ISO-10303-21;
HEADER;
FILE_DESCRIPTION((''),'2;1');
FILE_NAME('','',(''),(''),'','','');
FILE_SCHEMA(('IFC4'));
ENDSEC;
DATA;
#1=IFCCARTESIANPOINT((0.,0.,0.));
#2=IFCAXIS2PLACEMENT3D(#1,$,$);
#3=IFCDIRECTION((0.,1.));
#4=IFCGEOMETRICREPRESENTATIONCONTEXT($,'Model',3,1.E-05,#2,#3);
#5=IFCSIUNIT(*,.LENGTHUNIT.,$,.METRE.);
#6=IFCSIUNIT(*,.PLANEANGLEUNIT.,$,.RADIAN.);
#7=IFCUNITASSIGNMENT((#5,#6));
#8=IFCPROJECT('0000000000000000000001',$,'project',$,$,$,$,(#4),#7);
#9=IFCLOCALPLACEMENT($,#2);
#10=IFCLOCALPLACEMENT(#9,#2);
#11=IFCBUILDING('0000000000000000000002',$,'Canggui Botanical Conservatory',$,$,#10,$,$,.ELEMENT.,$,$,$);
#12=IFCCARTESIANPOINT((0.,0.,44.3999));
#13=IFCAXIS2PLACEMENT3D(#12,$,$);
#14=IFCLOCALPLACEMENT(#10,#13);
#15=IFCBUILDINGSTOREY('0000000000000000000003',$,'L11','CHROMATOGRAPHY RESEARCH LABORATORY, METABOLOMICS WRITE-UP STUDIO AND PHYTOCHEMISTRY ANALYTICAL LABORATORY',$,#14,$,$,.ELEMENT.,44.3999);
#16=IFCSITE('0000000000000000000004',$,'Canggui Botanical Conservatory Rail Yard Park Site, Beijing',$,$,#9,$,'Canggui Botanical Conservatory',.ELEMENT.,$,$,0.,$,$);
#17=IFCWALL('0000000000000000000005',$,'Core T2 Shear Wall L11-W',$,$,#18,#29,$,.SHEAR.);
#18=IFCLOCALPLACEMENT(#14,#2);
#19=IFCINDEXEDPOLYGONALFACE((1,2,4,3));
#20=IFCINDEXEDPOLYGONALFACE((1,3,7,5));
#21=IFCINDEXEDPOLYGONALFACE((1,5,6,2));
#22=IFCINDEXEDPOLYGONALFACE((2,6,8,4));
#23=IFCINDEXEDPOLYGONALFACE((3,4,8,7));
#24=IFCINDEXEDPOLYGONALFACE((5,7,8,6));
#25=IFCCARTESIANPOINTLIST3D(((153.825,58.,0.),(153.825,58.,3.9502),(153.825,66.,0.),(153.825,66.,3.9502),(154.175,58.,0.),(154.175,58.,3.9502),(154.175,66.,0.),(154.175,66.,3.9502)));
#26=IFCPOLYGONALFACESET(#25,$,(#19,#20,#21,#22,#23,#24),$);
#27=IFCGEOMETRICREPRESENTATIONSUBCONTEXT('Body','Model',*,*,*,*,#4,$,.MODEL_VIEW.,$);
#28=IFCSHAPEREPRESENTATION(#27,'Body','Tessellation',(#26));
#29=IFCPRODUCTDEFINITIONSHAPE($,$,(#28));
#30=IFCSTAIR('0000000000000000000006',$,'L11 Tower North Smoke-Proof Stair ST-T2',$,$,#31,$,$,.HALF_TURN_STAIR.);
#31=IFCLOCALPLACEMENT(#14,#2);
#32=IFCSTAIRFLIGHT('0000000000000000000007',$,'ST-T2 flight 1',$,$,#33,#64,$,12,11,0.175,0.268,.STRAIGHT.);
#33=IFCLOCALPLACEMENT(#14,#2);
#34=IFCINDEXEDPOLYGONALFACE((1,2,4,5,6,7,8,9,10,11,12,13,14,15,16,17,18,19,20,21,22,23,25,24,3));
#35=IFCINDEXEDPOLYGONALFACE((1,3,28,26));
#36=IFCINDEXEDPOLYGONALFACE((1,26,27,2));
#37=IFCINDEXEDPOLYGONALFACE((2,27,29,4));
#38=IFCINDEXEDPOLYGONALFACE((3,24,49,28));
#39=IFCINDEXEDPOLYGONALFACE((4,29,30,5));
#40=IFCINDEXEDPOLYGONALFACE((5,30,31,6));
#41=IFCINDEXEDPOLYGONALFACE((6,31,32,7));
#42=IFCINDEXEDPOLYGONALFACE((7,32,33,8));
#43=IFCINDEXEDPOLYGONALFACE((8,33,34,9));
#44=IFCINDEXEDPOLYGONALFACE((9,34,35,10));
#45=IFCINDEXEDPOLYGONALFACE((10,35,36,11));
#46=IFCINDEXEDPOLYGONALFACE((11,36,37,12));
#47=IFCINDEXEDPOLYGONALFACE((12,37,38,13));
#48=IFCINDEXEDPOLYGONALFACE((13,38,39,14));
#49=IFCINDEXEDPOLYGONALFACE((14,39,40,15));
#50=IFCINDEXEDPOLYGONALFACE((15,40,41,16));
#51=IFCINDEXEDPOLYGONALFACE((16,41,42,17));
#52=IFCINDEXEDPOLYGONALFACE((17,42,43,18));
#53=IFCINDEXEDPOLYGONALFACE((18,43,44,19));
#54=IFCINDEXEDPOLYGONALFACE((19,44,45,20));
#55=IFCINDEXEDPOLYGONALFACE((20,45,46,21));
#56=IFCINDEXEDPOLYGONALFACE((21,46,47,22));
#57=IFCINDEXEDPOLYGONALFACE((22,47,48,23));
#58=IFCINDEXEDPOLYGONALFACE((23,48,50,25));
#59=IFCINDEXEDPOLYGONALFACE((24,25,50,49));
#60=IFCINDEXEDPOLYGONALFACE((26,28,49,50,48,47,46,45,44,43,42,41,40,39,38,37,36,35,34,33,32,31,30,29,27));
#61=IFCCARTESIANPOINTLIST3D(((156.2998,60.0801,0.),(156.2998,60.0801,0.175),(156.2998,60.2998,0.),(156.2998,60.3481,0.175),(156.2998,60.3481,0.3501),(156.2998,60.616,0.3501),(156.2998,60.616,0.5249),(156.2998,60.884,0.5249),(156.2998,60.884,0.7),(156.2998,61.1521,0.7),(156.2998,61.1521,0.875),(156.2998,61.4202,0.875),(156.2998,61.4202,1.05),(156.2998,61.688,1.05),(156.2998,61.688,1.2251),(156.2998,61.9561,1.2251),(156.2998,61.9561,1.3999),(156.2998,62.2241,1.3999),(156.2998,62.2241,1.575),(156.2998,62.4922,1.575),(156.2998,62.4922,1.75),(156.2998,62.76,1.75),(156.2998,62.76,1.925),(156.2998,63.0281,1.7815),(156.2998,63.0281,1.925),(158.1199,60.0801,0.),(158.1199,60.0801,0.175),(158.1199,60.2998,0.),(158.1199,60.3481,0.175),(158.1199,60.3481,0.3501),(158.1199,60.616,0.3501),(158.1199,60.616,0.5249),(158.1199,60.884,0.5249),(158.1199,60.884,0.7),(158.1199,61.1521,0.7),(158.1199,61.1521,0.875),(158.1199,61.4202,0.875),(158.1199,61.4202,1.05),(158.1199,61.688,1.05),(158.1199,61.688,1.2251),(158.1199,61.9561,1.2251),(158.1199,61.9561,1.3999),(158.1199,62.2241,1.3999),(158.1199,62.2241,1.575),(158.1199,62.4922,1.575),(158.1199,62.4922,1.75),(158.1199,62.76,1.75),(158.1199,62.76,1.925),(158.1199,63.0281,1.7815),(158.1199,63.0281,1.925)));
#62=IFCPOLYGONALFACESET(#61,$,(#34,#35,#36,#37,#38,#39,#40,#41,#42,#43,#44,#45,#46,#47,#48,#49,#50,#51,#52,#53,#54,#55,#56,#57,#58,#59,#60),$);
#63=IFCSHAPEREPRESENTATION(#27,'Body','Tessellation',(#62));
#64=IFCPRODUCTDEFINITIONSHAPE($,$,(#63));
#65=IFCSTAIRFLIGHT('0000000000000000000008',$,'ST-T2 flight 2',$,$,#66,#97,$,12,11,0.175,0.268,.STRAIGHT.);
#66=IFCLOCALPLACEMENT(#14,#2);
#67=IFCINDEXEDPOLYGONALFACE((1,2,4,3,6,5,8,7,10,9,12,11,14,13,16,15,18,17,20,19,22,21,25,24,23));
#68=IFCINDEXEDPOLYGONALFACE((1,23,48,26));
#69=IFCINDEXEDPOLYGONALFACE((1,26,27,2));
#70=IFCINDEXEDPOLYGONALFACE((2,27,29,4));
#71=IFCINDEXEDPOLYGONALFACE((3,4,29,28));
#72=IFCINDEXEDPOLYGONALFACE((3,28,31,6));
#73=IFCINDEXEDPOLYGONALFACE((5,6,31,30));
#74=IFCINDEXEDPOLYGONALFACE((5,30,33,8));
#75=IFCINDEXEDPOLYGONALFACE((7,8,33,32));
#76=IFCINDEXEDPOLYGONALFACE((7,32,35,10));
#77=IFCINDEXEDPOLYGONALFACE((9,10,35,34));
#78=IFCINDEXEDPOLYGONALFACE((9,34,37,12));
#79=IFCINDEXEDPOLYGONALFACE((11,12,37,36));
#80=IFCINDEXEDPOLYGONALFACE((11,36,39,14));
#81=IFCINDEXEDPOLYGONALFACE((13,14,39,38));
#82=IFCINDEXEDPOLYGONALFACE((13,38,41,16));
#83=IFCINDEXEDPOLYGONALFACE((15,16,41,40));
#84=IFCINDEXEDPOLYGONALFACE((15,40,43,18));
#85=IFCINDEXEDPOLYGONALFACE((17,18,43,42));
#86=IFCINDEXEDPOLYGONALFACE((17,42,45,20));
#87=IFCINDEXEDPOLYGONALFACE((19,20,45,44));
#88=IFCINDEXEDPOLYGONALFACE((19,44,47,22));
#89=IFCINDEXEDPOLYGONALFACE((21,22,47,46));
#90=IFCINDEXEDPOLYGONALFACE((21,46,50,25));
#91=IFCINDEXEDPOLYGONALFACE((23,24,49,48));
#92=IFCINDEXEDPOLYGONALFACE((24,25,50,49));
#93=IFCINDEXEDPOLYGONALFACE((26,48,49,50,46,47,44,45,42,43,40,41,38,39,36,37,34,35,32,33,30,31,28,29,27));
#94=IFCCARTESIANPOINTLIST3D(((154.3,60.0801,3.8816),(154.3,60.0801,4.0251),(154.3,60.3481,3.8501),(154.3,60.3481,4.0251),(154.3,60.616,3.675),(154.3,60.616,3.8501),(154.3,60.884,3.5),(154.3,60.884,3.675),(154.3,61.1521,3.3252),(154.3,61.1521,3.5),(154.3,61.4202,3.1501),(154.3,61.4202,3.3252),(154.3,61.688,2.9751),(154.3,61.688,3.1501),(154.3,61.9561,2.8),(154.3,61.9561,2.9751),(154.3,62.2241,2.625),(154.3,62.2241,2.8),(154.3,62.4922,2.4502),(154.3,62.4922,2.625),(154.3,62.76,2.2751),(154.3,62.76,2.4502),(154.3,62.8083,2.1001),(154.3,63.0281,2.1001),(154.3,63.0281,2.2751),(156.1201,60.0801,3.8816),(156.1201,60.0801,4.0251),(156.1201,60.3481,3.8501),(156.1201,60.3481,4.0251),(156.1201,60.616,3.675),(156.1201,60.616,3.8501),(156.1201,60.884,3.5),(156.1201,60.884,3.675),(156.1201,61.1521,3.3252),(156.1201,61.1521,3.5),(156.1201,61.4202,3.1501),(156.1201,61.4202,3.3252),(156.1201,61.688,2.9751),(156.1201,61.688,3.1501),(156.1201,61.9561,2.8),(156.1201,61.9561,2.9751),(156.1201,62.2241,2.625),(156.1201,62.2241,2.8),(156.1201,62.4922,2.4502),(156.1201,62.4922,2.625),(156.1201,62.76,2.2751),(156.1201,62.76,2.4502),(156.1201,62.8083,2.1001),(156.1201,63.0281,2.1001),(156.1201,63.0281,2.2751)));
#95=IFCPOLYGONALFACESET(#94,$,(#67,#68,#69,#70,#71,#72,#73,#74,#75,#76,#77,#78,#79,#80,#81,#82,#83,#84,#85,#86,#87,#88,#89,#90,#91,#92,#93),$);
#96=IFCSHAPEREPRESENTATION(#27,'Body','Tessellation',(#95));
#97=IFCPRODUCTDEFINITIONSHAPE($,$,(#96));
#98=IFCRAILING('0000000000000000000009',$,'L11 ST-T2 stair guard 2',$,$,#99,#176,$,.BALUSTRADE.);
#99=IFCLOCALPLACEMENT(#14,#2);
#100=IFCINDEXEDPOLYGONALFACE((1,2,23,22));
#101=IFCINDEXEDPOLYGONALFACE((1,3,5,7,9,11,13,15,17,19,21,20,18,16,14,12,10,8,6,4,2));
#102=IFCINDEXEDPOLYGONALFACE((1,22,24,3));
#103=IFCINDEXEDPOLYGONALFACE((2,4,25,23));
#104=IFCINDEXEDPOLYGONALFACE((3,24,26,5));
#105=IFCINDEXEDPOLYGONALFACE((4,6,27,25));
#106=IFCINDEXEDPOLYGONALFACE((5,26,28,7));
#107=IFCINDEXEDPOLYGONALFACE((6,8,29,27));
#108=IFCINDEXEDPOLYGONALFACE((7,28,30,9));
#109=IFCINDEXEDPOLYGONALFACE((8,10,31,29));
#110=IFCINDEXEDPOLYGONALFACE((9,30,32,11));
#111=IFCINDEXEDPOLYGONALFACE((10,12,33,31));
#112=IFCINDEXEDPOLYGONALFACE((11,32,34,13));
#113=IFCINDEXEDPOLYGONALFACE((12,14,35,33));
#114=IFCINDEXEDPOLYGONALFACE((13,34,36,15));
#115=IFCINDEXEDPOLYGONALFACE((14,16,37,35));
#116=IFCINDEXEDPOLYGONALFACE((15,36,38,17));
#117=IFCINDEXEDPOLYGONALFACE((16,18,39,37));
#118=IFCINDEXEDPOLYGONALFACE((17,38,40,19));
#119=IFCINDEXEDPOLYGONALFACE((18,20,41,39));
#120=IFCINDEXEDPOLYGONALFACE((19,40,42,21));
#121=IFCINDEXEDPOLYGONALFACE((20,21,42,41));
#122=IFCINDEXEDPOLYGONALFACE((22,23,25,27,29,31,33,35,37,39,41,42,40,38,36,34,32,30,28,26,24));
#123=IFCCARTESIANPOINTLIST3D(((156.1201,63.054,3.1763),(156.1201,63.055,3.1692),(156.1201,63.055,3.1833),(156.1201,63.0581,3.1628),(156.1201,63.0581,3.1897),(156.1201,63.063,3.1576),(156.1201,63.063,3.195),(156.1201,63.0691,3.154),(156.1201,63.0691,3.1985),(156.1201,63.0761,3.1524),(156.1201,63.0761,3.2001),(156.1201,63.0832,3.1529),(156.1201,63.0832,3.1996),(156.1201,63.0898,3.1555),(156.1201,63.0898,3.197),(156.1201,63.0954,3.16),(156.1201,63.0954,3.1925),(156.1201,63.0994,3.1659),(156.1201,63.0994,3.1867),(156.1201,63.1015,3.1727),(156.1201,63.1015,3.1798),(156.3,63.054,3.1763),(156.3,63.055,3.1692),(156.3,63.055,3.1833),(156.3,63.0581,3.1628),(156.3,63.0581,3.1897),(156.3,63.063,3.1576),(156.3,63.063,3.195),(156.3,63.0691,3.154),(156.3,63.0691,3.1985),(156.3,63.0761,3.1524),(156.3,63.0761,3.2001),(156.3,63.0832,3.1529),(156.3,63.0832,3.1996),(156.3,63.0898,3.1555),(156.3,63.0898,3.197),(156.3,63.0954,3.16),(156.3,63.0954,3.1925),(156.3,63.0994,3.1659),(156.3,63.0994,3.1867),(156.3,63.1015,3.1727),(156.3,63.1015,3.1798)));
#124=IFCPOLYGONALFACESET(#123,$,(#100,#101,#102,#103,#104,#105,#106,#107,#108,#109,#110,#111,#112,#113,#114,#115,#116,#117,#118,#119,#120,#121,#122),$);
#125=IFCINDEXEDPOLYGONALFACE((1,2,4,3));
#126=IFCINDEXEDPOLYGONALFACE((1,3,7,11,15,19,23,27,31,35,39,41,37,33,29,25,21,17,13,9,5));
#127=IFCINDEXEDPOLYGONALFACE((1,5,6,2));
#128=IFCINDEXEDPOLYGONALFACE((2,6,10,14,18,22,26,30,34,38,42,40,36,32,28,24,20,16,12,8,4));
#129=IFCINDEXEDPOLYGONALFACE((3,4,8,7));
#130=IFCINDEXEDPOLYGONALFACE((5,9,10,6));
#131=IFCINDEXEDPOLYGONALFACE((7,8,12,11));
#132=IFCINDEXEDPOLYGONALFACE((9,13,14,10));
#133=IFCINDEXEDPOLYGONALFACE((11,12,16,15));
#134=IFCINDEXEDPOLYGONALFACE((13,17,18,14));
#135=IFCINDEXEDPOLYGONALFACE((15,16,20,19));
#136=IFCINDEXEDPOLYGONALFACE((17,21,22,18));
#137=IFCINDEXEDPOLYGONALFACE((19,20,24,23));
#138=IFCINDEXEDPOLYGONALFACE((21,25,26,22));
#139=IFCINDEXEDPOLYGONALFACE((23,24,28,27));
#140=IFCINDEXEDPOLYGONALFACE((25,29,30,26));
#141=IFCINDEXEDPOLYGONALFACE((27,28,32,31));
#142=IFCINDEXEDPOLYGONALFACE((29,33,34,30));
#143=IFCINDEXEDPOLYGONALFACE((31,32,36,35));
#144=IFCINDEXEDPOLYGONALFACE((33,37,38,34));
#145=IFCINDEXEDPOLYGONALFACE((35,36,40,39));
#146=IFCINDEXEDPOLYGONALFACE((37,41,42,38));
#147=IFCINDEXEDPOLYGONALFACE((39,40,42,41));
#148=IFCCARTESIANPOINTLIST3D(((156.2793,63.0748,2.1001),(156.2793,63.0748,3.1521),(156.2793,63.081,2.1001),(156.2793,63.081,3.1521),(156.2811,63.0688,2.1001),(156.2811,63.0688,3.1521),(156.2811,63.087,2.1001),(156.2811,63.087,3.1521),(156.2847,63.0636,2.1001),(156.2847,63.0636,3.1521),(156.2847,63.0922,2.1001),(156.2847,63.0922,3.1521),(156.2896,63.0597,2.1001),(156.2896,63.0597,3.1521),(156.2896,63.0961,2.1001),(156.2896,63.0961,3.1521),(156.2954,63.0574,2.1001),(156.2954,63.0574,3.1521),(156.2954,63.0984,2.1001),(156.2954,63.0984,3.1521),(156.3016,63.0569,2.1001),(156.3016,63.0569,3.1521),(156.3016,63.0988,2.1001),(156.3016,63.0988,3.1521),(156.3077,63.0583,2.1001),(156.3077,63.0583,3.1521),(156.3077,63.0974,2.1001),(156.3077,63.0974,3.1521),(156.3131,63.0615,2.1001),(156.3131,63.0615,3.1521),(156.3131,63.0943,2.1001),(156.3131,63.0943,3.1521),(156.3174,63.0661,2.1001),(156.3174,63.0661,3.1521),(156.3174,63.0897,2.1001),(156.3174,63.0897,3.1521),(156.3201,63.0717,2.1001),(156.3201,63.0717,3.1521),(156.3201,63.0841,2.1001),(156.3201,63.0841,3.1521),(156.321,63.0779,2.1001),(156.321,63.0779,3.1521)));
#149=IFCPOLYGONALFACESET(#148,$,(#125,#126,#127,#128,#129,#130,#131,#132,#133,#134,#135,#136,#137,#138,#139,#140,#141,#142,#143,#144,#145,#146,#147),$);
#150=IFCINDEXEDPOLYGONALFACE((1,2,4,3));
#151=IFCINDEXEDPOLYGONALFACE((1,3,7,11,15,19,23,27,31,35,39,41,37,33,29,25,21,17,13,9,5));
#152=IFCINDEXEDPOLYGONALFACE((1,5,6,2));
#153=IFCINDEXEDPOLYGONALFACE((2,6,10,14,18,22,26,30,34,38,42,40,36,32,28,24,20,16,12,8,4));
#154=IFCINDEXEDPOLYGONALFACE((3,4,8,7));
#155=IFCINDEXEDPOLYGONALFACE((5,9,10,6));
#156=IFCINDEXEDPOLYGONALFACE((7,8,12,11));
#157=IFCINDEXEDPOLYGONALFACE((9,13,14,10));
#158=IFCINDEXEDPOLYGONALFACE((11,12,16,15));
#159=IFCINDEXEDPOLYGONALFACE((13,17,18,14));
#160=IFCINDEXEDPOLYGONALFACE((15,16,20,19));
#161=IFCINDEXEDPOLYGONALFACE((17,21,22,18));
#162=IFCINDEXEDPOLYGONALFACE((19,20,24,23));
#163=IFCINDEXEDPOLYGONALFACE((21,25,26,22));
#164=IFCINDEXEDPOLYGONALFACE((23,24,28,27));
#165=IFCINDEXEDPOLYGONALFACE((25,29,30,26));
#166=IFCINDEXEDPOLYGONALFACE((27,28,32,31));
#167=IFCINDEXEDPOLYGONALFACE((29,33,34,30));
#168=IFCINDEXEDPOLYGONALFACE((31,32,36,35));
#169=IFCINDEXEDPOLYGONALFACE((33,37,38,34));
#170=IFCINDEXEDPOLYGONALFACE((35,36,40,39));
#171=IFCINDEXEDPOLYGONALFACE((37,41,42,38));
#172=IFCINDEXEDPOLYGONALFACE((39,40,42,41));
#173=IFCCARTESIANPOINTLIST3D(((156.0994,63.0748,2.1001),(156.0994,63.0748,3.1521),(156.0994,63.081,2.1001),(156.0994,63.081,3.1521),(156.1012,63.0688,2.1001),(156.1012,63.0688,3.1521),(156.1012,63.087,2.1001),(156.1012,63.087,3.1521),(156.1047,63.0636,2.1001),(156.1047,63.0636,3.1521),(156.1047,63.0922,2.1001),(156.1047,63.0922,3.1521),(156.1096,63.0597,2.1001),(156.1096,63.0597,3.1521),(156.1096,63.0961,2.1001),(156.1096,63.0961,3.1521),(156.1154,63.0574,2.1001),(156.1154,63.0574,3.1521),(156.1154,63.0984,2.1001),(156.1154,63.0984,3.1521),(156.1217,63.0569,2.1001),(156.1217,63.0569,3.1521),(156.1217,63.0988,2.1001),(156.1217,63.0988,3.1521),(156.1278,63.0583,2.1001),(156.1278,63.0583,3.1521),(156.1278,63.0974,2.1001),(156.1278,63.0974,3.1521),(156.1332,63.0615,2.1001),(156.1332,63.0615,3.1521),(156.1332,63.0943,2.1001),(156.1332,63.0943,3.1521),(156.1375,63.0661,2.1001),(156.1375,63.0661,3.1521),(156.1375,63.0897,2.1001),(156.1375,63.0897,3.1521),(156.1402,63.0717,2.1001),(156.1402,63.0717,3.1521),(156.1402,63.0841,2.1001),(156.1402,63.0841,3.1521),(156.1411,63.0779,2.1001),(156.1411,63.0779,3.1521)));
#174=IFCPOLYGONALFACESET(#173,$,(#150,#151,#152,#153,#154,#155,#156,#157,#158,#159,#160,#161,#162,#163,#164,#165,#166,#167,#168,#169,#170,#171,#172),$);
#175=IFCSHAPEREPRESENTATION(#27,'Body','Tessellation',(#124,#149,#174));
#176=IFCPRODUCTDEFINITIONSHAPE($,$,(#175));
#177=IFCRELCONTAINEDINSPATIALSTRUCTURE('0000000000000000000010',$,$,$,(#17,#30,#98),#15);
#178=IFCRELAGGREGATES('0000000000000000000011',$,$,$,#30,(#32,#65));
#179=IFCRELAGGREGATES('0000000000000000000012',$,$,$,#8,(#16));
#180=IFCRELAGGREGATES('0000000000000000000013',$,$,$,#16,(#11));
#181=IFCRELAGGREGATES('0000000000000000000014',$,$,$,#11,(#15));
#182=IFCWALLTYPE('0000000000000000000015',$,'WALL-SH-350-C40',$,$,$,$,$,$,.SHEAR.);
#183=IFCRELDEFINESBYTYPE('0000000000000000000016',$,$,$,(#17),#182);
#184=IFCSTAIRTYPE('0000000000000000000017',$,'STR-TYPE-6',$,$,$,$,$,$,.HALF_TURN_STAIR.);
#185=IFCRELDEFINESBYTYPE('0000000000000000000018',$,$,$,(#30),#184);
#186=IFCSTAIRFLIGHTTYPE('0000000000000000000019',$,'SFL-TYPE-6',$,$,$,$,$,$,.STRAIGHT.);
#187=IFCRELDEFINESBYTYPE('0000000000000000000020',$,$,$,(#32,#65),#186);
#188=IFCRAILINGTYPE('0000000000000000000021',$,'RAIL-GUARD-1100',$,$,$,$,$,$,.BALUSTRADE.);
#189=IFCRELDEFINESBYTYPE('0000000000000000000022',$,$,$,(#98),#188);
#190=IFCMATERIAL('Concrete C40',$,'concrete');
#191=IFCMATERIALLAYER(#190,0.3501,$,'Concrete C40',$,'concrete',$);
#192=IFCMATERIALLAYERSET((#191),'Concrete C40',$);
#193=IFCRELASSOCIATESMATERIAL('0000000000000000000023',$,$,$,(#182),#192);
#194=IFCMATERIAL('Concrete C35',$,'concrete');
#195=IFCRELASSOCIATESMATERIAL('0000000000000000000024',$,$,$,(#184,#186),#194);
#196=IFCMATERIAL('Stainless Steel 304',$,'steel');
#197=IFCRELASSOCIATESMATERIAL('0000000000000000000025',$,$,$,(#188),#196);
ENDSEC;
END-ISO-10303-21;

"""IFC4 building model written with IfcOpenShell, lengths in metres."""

from ifc_helpers import new_model, si_unit, direction, frame, frame_2d, origin, origin_2d, place, context, subcontext, project, spatial, polyline, rectangle, circle, outline, extrude, material, layer, layer_set, type_object, element, aggregate, save


model = new_model("IFC4")

# Units and contexts
model_context = context("Model", 3, precision=1e-05, world=origin(), true_north=direction((0.0, 1.0)))
body_context = subcontext(model_context, "Body", "Model", "MODEL_VIEW")
ifc_project = project(units=[si_unit("LENGTHUNIT", "METRE"), si_unit("PLANEANGLEUNIT", "RADIAN")], contexts=[model_context])

# Site, building, storey
site_placement = place(None, origin())
site = spatial("IfcSite", under=ifc_project, at=site_placement, Name="Canggui Botanical Conservatory Rail Yard Park Site, Beijing", LongName="Canggui Botanical Conservatory", CompositionType="ELEMENT", RefElevation=0.0)
building_placement = place(site_placement, origin())
building = spatial("IfcBuilding", under=site, at=building_placement, Name="Canggui Botanical Conservatory", CompositionType="ELEMENT")
storey_placement = place(building_placement, frame((0.0, 0.0, 44.3999)))
storey = spatial("IfcBuildingStorey", under=building, at=storey_placement, Name="L11", Description="CHROMATOGRAPHY RESEARCH LABORATORY, METABOLOMICS WRITE-UP STUDIO AND PHYTOCHEMISTRY ANALYTICAL LABORATORY", CompositionType="ELEMENT", Elevation=44.3999)

# Shared definitions
ifc_material_1 = material(Name="Concrete C40", Category="concrete")

# Shared definitions
ifc_material_2 = material(Name="Concrete C35", Category="concrete")

# Wall
ifc_layer_1 = layer(ifc_material_1, 0.3501, Name="Concrete C40", Category="concrete")
ifc_layer_set_1 = layer_set([ifc_layer_1], Name="Concrete C40")
wall_type_1 = type_object("IfcWallType", Name="WALL-SH-350-C40", PredefinedType="SHEAR", material=ifc_layer_set_1)
wall_1_placement = place(storey_placement, frame((154.0, 66.0, 0.0), z_axis=(0.0, 0.0, 1.0), x_axis=(0.0, -1.0, 0.0)))
element("IfcWall", 1, at=wall_1_placement, inside=storey, type_object=wall_type_1, Name="Core T2 Shear Wall L11-W", PredefinedType="SHEAR", context=body_context, shape_type="SweptSolid", body=[
    extrude(rectangle(XDim=8.0, YDim=0.3501, at=frame_2d((4.0, 0.0))), origin(), (0.0, 0.0, 1.0), 3.9502),
])

# Stair, stair flights
stair_type = type_object("IfcStairType", Name="STR-TYPE-6", PredefinedType="HALF_TURN_STAIR", material=ifc_material_2)
stair_placement = place(storey_placement, origin())
stair = element("IfcStair", 2, at=stair_placement, inside=storey, type_object=stair_type, Name="L11 Tower North Smoke-Proof Stair ST-T2", PredefinedType="HALF_TURN_STAIR")
stair_flight_type = type_object("IfcStairFlightType", Name="SFL-TYPE-6", PredefinedType="STRAIGHT", material=ifc_material_2)
stair_flight_1_placement = place(storey_placement, frame((157.21, 60.0801, 0.0), z_axis=(0.0, 0.0, 1.0), x_axis=(0.0, 1.0, 0.0)))
stair_flight_1 = element("IfcStairFlight", 3, at=stair_flight_1_placement, type_object=stair_flight_type, Name="ST-T2 flight 1", NumberOfRisers=12, NumberOfTreads=11, PredefinedType="STRAIGHT", RiserHeight=0.175, TreadLength=0.268, context=body_context, shape_type="SweptSolid", body=[
    extrude(outline(polyline([(0.0, 0.0), (0.0, 0.175), (0.2681, 0.175), (0.2681, 0.3501), (0.5359, 0.3501), (0.5359, 0.5249), (0.804, 0.5249), (0.804, 0.7), (1.072, 0.7), (1.072, 0.875), (1.3401, 0.875), (1.3401, 1.05), (1.6079, 1.05), (1.6079, 1.2251), (1.876, 1.2251), (1.876, 1.3999), (2.144, 1.3999), (2.144, 1.575), (2.4121, 1.575), (2.4121, 1.75), (2.6799, 1.75), (2.6799, 1.925), (2.948, 1.925), (2.948, 2.1001), (2.948, 1.7815), (0.2197, 0.0), (0.0, 0.0)])), frame((0.0, 0.9102, 0.0), z_axis=(0.0, -1.0, 0.0), x_axis=(1.0, 0.0, 0.0)), (0.0, 0.0, 1.0), 1.8201),
])
stair_flight_2_placement = place(storey_placement, frame((155.21, 63.0281, 2.1001), z_axis=(0.0, 0.0, 1.0), x_axis=(0.0, -1.0, 0.0)))
stair_flight_2 = element("IfcStairFlight", 4, at=stair_flight_2_placement, type_object=stair_flight_type, Name="ST-T2 flight 2", NumberOfRisers=12, NumberOfTreads=11, PredefinedType="STRAIGHT", RiserHeight=0.175, TreadLength=0.268, context=body_context, shape_type="SweptSolid", body=[
    extrude(outline(polyline([(0.0, 0.0), (0.0, 0.175), (0.2681, 0.175), (0.2681, 0.3501), (0.5359, 0.3501), (0.5359, 0.5249), (0.804, 0.5249), (0.804, 0.7), (1.072, 0.7), (1.072, 0.875), (1.3401, 0.875), (1.3401, 1.05), (1.6079, 1.05), (1.6079, 1.2251), (1.876, 1.2251), (1.876, 1.3999), (2.144, 1.3999), (2.144, 1.575), (2.4121, 1.575), (2.4121, 1.75), (2.6799, 1.75), (2.6799, 1.925), (2.948, 1.925), (2.948, 2.1001), (2.948, 1.7815), (0.2197, 0.0), (0.0, 0.0)])), frame((0.0, 0.9102, 0.0), z_axis=(0.0, -1.0, 0.0), x_axis=(1.0, 0.0, 0.0)), (0.0, 0.0, 1.0), 1.8201),
])
aggregate(stair, [stair_flight_1, stair_flight_2])

# Railing
ifc_material_3 = material(Name="Stainless Steel 304", Category="steel")
railing_type_1 = type_object("IfcRailingType", Name="RAIL-GUARD-1100", PredefinedType="BALUSTRADE", material=ifc_material_3)
railing_1_placement = place(storey_placement, frame((156.3, 63.0779, 2.1001)))
element("IfcRailing", 5, at=railing_1_placement, inside=storey, type_object=railing_type_1, Name="L11 ST-T2 stair guard 2", PredefinedType="BALUSTRADE", context=body_context, shape_type="SweptSolid", body=[
    extrude(circle(Radius=0.0239, at=origin_2d()), frame((0.0, 0.0, 1.0762), z_axis=(-1.0, 0.0, 0.0), x_axis=(0.0, -1.0, 0.0)), (0.0, 0.0, 1.0), 0.1799),
    extrude(circle(Radius=0.021, at=origin_2d()), origin(), (0.0, 0.0, 1.0), 1.052),
    extrude(circle(Radius=0.021, at=origin_2d()), frame((-0.1799, 0.0, 0.0)), (0.0, 0.0, 1.0), 1.052),
])

save(model, "model.ifc")
